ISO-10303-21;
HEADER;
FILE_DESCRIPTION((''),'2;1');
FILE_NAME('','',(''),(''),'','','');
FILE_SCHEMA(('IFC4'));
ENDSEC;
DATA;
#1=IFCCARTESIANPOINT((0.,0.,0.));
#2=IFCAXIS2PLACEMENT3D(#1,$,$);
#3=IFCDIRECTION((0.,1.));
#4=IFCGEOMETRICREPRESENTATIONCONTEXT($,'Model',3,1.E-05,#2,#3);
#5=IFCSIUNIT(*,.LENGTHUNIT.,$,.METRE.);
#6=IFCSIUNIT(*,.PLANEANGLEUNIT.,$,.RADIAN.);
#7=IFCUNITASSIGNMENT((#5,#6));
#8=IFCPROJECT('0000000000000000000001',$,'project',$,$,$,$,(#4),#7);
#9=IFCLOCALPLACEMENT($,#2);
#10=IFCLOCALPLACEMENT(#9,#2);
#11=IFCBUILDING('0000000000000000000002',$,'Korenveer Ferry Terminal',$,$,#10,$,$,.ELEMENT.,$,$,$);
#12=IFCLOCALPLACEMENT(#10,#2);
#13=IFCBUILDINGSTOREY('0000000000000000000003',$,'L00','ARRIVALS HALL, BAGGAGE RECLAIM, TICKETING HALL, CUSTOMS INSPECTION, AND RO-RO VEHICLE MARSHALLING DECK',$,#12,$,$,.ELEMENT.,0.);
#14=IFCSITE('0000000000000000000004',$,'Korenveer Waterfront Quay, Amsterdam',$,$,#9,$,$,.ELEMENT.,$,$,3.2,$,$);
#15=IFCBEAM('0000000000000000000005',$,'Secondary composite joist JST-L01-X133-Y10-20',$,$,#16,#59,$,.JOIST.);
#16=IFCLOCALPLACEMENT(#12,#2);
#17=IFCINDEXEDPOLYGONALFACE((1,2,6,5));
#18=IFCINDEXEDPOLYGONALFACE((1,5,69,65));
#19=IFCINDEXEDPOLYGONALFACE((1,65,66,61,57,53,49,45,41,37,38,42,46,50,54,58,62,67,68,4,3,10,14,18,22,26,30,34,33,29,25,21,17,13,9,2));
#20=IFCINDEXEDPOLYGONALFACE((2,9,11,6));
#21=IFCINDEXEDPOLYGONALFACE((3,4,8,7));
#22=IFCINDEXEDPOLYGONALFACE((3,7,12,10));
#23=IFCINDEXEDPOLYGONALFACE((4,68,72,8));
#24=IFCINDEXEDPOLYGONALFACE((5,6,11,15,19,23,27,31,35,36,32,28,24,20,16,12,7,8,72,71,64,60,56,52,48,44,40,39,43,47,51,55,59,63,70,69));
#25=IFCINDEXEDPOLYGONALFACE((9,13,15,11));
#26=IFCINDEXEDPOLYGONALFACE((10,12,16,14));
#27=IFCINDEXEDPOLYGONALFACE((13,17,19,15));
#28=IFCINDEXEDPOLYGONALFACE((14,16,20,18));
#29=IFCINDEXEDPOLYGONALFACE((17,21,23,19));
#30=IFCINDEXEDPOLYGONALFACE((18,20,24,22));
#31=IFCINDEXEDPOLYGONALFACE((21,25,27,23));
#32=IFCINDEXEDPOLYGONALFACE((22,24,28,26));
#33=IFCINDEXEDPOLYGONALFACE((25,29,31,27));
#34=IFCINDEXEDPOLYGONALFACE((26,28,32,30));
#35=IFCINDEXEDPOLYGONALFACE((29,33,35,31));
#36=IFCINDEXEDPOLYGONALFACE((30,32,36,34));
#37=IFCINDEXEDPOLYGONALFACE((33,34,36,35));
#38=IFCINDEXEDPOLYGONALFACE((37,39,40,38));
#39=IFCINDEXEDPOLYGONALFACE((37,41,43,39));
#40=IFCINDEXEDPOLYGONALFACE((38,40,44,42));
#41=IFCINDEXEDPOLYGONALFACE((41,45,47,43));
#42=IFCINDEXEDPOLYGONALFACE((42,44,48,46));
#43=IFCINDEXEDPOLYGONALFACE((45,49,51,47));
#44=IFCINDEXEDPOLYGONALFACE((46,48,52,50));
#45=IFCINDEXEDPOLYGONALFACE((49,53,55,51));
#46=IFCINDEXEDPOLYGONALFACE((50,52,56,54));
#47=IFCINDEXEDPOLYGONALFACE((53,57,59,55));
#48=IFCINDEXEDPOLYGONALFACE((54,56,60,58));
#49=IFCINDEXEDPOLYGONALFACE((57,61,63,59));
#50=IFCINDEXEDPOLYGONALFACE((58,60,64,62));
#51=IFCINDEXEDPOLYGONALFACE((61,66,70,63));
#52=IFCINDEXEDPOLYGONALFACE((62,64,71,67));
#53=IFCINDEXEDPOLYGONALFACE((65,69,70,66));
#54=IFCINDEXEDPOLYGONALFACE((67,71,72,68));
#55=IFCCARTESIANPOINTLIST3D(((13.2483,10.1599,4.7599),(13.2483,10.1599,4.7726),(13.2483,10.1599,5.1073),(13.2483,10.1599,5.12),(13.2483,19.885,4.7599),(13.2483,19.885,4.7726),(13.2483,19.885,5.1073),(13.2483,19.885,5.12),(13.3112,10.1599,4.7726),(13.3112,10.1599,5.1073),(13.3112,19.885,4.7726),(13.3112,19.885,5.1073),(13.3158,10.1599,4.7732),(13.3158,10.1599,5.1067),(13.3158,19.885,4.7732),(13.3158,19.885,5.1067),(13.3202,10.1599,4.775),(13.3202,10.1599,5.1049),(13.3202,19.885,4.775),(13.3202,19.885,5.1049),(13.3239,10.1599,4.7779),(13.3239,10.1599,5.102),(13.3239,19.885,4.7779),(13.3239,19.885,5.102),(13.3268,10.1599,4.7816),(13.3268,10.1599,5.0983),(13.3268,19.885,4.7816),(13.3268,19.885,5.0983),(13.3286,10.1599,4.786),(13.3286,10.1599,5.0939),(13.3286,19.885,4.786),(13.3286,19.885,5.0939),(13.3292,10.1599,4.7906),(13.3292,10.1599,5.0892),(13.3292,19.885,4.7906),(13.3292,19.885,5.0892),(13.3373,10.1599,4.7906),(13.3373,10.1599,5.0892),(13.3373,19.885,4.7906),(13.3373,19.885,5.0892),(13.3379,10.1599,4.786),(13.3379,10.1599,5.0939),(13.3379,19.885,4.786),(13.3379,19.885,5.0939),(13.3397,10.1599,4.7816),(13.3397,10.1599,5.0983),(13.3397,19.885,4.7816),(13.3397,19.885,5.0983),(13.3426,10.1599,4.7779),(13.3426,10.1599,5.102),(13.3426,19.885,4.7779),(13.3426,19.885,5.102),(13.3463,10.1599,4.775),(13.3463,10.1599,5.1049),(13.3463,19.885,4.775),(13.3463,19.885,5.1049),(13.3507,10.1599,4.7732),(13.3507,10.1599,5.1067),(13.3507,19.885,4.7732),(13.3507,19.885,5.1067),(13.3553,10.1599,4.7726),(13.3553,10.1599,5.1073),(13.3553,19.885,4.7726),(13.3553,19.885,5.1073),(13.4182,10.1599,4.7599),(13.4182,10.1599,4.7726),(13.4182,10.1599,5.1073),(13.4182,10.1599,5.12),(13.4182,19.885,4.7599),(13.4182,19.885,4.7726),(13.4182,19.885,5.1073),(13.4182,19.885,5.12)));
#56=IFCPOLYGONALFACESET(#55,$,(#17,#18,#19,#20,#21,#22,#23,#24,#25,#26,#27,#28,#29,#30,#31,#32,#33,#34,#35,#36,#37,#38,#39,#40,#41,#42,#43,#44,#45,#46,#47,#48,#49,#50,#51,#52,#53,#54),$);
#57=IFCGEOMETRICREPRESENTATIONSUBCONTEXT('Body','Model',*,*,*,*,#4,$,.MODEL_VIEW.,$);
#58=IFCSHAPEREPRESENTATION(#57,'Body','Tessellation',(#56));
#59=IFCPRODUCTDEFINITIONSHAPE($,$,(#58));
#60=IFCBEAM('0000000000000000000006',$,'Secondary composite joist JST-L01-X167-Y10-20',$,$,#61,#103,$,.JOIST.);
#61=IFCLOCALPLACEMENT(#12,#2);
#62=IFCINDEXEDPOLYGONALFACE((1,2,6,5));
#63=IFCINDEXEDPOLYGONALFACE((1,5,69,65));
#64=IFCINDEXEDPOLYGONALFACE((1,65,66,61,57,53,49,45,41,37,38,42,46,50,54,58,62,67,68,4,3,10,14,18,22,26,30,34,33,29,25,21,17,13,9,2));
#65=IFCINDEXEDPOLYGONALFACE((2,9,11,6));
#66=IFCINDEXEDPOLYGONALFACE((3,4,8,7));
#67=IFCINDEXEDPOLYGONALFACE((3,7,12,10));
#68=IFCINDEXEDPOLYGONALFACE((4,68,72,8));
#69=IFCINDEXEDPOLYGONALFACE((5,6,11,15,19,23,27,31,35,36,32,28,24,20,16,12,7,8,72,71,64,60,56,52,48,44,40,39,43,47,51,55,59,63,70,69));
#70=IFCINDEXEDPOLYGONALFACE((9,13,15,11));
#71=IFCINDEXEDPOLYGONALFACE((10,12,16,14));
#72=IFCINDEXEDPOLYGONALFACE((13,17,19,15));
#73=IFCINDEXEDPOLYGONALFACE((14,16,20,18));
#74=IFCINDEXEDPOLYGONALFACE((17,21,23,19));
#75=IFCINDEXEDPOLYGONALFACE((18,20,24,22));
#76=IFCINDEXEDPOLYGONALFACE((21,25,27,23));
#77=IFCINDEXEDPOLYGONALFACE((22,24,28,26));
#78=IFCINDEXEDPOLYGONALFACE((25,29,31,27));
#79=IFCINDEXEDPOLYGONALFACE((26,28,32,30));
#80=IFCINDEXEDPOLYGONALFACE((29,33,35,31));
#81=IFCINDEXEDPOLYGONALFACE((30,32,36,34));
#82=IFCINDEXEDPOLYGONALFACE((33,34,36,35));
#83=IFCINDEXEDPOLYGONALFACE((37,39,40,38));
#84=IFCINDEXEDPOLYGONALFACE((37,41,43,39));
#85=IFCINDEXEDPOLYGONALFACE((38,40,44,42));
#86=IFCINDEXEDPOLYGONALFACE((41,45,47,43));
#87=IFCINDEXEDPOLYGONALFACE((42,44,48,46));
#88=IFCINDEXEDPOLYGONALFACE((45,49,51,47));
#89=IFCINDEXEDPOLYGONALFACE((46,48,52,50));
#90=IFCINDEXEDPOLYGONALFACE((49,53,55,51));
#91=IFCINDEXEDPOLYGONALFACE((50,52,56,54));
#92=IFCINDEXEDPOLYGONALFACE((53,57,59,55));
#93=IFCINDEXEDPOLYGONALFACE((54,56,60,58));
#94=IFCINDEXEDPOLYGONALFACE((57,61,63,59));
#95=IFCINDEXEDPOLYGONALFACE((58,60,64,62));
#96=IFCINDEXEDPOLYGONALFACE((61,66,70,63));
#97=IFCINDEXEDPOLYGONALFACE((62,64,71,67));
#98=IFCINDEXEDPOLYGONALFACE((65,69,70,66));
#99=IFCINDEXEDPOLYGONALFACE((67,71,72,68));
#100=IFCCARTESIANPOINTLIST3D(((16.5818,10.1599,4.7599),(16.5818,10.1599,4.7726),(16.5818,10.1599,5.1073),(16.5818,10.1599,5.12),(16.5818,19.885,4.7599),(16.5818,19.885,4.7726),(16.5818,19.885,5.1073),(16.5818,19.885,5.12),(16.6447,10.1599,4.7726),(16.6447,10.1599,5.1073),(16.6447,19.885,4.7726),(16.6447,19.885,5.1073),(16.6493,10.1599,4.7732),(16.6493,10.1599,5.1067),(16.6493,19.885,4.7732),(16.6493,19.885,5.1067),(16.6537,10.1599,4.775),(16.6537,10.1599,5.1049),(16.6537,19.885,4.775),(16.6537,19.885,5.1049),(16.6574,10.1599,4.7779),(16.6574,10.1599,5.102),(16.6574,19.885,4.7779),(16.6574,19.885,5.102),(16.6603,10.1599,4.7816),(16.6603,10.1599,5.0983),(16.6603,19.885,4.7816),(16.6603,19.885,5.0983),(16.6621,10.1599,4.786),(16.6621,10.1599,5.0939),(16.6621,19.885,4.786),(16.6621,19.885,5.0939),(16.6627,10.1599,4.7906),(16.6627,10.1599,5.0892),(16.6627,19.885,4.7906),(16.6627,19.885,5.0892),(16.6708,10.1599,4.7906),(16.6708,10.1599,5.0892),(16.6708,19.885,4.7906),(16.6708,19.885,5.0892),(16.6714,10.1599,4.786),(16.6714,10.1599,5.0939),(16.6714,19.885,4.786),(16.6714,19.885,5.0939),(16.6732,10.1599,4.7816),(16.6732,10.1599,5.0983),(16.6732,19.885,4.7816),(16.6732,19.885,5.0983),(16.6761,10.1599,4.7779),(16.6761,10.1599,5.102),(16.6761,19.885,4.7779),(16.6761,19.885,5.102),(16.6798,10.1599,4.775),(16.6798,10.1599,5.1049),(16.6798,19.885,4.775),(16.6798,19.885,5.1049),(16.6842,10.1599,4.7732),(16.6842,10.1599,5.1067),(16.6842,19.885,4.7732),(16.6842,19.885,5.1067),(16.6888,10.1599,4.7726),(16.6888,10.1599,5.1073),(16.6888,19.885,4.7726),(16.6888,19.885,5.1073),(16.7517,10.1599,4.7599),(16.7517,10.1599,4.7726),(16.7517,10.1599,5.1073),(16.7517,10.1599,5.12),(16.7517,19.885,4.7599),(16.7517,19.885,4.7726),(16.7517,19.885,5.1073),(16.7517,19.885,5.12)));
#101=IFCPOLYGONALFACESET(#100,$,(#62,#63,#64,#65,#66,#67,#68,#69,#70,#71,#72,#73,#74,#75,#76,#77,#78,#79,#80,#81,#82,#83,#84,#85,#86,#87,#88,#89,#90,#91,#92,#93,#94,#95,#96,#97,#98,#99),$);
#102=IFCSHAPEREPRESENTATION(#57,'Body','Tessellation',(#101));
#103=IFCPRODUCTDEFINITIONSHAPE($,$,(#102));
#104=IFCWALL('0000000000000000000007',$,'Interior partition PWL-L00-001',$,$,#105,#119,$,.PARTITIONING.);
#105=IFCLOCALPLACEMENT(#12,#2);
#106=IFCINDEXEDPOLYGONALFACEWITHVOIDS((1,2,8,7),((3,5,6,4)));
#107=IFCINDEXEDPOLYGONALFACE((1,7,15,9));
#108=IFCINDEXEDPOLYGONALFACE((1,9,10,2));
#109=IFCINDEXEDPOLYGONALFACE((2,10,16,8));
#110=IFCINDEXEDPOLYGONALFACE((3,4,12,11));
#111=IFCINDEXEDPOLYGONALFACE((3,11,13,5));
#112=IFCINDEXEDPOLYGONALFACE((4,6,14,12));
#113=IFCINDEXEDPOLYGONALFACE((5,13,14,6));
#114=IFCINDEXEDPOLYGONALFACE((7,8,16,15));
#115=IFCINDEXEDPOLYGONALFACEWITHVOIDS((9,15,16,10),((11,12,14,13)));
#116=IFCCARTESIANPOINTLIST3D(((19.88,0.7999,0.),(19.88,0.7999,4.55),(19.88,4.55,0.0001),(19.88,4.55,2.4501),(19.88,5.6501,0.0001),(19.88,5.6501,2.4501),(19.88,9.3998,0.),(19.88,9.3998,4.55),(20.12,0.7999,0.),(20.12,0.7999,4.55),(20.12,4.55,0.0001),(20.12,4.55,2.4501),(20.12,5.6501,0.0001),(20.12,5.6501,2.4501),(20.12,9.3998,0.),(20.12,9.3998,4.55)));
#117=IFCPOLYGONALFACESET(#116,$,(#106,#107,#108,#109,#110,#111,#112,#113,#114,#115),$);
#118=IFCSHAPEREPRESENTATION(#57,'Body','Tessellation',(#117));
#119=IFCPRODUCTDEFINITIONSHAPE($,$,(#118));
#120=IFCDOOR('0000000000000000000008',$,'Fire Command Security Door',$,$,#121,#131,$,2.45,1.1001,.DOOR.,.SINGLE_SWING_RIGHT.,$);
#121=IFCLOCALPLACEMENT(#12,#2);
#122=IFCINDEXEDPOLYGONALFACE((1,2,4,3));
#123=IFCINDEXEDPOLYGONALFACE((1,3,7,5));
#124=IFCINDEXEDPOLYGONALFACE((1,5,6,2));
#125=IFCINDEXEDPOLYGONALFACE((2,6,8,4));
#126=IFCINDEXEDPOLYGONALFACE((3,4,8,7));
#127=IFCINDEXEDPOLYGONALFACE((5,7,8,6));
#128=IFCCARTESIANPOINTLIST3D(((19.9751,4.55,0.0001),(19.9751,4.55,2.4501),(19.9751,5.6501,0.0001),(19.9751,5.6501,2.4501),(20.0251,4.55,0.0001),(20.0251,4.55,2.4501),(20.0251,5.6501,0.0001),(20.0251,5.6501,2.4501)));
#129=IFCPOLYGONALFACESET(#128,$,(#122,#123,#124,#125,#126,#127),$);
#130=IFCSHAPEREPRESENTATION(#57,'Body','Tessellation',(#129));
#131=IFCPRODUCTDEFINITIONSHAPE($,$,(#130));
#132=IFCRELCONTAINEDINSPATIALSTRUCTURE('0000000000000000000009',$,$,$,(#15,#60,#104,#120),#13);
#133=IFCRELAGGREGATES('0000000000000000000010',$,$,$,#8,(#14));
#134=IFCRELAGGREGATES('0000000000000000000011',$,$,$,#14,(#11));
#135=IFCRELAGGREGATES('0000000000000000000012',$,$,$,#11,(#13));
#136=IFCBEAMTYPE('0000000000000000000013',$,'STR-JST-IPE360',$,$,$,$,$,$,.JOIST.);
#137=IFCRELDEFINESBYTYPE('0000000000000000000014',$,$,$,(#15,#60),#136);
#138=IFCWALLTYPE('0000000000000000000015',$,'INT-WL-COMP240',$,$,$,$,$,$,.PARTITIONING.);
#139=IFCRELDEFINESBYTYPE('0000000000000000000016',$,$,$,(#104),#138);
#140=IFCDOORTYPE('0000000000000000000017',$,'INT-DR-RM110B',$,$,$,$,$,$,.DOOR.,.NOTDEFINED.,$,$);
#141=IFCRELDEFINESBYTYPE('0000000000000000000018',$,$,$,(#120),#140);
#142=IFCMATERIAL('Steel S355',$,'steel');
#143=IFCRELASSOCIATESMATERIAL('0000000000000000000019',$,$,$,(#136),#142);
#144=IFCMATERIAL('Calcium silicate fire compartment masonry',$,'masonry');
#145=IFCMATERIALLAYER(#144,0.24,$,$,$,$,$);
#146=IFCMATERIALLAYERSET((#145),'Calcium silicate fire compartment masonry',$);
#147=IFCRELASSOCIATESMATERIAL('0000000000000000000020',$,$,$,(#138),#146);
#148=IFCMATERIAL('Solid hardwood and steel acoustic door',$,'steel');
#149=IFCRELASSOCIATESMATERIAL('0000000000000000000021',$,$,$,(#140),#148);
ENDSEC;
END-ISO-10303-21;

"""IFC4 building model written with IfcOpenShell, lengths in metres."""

from ifc_helpers import new_model, si_unit, direction, frame, frame_2d, origin, origin_2d, place, context, subcontext, project, spatial, rectangle, i_section, extrude, material, layer, layer_set, material_profile, profile_set, type_object, element, fill, save


model = new_model("IFC4")

# Units and contexts
model_context = context("Model", 3, precision=1e-05, world=origin(), true_north=direction((0.0, 1.0)))
body_context = subcontext(model_context, "Body", "Model", "MODEL_VIEW")
ifc_project = project(units=[si_unit("LENGTHUNIT", "METRE"), si_unit("PLANEANGLEUNIT", "RADIAN")], contexts=[model_context])

# Site, building, storey
site_placement = place(None, origin())
site = spatial("IfcSite", under=ifc_project, at=site_placement, Name="Korenveer Waterfront Quay, Amsterdam", CompositionType="ELEMENT", RefElevation=3.2)
building_placement = place(site_placement, origin())
building = spatial("IfcBuilding", under=site, at=building_placement, Name="Korenveer Ferry Terminal", CompositionType="ELEMENT")
storey_placement = place(building_placement, origin())
storey = spatial("IfcBuildingStorey", under=building, at=storey_placement, Name="L00", Description="ARRIVALS HALL, BAGGAGE RECLAIM, TICKETING HALL, CUSTOMS INSPECTION, AND RO-RO VEHICLE MARSHALLING DECK", CompositionType="ELEMENT", Elevation=0.0)

# Beams
ifc_material_1 = material(Name="Steel S355", Category="steel")
ifc_material_profile_1 = material_profile(ifc_material_1, i_section(OverallWidth=0.1699, OverallDepth=0.3601, WebThickness=0.0081, FlangeThickness=0.0127, FilletRadius=0.0181, at=origin_2d()), Name="IPE 360")
ifc_profile_set_1 = profile_set([ifc_material_profile_1], Name="Steel S355")
beam_type_1 = type_object("IfcBeamType", Name="STR-JST-IPE360", PredefinedType="JOIST", material=ifc_profile_set_1)
for number, where, z_axis, x_axis, name in (
    (1, (13.3333, 10.1599, 4.9399), (0.0, 1.0, 0.0), (-1.0, 0.0, 0.0), "Secondary composite joist JST-L01-X133-Y10-20"),
    (2, (16.6667, 10.1599, 4.9399), (0.0, 1.0, 0.0), (-1.0, 0.0, 0.0), "Secondary composite joist JST-L01-X167-Y10-20"),
):
    element("IfcBeam", number, at=place(storey_placement, frame(where, z_axis=z_axis, x_axis=x_axis)), inside=storey, type_object=beam_type_1, Name=name, PredefinedType="JOIST", context=body_context, shape_type="SweptSolid", body=[
        extrude(i_section(OverallWidth=0.1699, OverallDepth=0.3601, WebThickness=0.0081, FlangeThickness=0.0127, FilletRadius=0.0181, at=origin_2d()), origin(), (0.0, 0.0, 1.0), 9.7251),
    ])

# Wall, opening, door
ifc_material_2 = material(Name="Calcium silicate fire compartment masonry", Category="masonry")
ifc_layer = layer(ifc_material_2, 0.24)
ifc_layer_set = layer_set([ifc_layer], Name="Calcium silicate fire compartment masonry")
wall_type = type_object("IfcWallType", Name="INT-WL-COMP240", PredefinedType="PARTITIONING", material=ifc_layer_set)
wall_placement = place(storey_placement, frame((20.0, 0.8, 0.0), z_axis=(0.0, 0.0, 1.0), x_axis=(0.0, 1.0, 0.0)))
wall = element("IfcWall", 3, at=wall_placement, inside=storey, type_object=wall_type, Name="Interior partition PWL-L00-001", PredefinedType="PARTITIONING", context=body_context, shape_type="SweptSolid", body=[
    extrude(rectangle(XDim=8.5999, YDim=0.24, at=frame_2d((4.2998, 0.0))), origin(), (0.0, 0.0, 1.0), 4.55),
])
opening_placement = place(wall_placement, frame((3.75, 0.0, 0.0)))
opening = element("IfcOpeningElement", 4, at=opening_placement, cuts=wall, PredefinedType="OPENING", context=body_context, shape_type="SweptSolid", body=[
    extrude(rectangle(XDim=1.1001, YDim=2.45, at=frame_2d((0.55, 1.2251))), frame((0.0, 0.1299, 0.0), z_axis=(0.0, -1.0, 0.0), x_axis=(1.0, 0.0, 0.0)), (0.0, 0.0, 1.0), 0.26),
])
ifc_material_3 = material(Name="Solid hardwood and steel acoustic door", Category="steel")
door_type = type_object("IfcDoorType", Name="INT-DR-RM110B", OperationType="NOTDEFINED", PredefinedType="DOOR", material=ifc_material_3)
door_placement = place(opening_placement, origin())
door = element("IfcDoor", 5, at=door_placement, inside=storey, type_object=door_type, Name="Fire Command Security Door", OperationType="SINGLE_SWING_RIGHT", OverallHeight=2.45, OverallWidth=1.1001, PredefinedType="DOOR", context=body_context, shape_type="SweptSolid", body=[
    extrude(rectangle(XDim=1.1001, YDim=2.45, at=frame_2d((0.55, 1.2251))), frame((0.0, 0.0249, 0.0), z_axis=(0.0, -1.0, 0.0), x_axis=(1.0, 0.0, 0.0)), (0.0, 0.0, 1.0), 0.05),
])
fill(opening, door)

save(model, "model.ifc")
